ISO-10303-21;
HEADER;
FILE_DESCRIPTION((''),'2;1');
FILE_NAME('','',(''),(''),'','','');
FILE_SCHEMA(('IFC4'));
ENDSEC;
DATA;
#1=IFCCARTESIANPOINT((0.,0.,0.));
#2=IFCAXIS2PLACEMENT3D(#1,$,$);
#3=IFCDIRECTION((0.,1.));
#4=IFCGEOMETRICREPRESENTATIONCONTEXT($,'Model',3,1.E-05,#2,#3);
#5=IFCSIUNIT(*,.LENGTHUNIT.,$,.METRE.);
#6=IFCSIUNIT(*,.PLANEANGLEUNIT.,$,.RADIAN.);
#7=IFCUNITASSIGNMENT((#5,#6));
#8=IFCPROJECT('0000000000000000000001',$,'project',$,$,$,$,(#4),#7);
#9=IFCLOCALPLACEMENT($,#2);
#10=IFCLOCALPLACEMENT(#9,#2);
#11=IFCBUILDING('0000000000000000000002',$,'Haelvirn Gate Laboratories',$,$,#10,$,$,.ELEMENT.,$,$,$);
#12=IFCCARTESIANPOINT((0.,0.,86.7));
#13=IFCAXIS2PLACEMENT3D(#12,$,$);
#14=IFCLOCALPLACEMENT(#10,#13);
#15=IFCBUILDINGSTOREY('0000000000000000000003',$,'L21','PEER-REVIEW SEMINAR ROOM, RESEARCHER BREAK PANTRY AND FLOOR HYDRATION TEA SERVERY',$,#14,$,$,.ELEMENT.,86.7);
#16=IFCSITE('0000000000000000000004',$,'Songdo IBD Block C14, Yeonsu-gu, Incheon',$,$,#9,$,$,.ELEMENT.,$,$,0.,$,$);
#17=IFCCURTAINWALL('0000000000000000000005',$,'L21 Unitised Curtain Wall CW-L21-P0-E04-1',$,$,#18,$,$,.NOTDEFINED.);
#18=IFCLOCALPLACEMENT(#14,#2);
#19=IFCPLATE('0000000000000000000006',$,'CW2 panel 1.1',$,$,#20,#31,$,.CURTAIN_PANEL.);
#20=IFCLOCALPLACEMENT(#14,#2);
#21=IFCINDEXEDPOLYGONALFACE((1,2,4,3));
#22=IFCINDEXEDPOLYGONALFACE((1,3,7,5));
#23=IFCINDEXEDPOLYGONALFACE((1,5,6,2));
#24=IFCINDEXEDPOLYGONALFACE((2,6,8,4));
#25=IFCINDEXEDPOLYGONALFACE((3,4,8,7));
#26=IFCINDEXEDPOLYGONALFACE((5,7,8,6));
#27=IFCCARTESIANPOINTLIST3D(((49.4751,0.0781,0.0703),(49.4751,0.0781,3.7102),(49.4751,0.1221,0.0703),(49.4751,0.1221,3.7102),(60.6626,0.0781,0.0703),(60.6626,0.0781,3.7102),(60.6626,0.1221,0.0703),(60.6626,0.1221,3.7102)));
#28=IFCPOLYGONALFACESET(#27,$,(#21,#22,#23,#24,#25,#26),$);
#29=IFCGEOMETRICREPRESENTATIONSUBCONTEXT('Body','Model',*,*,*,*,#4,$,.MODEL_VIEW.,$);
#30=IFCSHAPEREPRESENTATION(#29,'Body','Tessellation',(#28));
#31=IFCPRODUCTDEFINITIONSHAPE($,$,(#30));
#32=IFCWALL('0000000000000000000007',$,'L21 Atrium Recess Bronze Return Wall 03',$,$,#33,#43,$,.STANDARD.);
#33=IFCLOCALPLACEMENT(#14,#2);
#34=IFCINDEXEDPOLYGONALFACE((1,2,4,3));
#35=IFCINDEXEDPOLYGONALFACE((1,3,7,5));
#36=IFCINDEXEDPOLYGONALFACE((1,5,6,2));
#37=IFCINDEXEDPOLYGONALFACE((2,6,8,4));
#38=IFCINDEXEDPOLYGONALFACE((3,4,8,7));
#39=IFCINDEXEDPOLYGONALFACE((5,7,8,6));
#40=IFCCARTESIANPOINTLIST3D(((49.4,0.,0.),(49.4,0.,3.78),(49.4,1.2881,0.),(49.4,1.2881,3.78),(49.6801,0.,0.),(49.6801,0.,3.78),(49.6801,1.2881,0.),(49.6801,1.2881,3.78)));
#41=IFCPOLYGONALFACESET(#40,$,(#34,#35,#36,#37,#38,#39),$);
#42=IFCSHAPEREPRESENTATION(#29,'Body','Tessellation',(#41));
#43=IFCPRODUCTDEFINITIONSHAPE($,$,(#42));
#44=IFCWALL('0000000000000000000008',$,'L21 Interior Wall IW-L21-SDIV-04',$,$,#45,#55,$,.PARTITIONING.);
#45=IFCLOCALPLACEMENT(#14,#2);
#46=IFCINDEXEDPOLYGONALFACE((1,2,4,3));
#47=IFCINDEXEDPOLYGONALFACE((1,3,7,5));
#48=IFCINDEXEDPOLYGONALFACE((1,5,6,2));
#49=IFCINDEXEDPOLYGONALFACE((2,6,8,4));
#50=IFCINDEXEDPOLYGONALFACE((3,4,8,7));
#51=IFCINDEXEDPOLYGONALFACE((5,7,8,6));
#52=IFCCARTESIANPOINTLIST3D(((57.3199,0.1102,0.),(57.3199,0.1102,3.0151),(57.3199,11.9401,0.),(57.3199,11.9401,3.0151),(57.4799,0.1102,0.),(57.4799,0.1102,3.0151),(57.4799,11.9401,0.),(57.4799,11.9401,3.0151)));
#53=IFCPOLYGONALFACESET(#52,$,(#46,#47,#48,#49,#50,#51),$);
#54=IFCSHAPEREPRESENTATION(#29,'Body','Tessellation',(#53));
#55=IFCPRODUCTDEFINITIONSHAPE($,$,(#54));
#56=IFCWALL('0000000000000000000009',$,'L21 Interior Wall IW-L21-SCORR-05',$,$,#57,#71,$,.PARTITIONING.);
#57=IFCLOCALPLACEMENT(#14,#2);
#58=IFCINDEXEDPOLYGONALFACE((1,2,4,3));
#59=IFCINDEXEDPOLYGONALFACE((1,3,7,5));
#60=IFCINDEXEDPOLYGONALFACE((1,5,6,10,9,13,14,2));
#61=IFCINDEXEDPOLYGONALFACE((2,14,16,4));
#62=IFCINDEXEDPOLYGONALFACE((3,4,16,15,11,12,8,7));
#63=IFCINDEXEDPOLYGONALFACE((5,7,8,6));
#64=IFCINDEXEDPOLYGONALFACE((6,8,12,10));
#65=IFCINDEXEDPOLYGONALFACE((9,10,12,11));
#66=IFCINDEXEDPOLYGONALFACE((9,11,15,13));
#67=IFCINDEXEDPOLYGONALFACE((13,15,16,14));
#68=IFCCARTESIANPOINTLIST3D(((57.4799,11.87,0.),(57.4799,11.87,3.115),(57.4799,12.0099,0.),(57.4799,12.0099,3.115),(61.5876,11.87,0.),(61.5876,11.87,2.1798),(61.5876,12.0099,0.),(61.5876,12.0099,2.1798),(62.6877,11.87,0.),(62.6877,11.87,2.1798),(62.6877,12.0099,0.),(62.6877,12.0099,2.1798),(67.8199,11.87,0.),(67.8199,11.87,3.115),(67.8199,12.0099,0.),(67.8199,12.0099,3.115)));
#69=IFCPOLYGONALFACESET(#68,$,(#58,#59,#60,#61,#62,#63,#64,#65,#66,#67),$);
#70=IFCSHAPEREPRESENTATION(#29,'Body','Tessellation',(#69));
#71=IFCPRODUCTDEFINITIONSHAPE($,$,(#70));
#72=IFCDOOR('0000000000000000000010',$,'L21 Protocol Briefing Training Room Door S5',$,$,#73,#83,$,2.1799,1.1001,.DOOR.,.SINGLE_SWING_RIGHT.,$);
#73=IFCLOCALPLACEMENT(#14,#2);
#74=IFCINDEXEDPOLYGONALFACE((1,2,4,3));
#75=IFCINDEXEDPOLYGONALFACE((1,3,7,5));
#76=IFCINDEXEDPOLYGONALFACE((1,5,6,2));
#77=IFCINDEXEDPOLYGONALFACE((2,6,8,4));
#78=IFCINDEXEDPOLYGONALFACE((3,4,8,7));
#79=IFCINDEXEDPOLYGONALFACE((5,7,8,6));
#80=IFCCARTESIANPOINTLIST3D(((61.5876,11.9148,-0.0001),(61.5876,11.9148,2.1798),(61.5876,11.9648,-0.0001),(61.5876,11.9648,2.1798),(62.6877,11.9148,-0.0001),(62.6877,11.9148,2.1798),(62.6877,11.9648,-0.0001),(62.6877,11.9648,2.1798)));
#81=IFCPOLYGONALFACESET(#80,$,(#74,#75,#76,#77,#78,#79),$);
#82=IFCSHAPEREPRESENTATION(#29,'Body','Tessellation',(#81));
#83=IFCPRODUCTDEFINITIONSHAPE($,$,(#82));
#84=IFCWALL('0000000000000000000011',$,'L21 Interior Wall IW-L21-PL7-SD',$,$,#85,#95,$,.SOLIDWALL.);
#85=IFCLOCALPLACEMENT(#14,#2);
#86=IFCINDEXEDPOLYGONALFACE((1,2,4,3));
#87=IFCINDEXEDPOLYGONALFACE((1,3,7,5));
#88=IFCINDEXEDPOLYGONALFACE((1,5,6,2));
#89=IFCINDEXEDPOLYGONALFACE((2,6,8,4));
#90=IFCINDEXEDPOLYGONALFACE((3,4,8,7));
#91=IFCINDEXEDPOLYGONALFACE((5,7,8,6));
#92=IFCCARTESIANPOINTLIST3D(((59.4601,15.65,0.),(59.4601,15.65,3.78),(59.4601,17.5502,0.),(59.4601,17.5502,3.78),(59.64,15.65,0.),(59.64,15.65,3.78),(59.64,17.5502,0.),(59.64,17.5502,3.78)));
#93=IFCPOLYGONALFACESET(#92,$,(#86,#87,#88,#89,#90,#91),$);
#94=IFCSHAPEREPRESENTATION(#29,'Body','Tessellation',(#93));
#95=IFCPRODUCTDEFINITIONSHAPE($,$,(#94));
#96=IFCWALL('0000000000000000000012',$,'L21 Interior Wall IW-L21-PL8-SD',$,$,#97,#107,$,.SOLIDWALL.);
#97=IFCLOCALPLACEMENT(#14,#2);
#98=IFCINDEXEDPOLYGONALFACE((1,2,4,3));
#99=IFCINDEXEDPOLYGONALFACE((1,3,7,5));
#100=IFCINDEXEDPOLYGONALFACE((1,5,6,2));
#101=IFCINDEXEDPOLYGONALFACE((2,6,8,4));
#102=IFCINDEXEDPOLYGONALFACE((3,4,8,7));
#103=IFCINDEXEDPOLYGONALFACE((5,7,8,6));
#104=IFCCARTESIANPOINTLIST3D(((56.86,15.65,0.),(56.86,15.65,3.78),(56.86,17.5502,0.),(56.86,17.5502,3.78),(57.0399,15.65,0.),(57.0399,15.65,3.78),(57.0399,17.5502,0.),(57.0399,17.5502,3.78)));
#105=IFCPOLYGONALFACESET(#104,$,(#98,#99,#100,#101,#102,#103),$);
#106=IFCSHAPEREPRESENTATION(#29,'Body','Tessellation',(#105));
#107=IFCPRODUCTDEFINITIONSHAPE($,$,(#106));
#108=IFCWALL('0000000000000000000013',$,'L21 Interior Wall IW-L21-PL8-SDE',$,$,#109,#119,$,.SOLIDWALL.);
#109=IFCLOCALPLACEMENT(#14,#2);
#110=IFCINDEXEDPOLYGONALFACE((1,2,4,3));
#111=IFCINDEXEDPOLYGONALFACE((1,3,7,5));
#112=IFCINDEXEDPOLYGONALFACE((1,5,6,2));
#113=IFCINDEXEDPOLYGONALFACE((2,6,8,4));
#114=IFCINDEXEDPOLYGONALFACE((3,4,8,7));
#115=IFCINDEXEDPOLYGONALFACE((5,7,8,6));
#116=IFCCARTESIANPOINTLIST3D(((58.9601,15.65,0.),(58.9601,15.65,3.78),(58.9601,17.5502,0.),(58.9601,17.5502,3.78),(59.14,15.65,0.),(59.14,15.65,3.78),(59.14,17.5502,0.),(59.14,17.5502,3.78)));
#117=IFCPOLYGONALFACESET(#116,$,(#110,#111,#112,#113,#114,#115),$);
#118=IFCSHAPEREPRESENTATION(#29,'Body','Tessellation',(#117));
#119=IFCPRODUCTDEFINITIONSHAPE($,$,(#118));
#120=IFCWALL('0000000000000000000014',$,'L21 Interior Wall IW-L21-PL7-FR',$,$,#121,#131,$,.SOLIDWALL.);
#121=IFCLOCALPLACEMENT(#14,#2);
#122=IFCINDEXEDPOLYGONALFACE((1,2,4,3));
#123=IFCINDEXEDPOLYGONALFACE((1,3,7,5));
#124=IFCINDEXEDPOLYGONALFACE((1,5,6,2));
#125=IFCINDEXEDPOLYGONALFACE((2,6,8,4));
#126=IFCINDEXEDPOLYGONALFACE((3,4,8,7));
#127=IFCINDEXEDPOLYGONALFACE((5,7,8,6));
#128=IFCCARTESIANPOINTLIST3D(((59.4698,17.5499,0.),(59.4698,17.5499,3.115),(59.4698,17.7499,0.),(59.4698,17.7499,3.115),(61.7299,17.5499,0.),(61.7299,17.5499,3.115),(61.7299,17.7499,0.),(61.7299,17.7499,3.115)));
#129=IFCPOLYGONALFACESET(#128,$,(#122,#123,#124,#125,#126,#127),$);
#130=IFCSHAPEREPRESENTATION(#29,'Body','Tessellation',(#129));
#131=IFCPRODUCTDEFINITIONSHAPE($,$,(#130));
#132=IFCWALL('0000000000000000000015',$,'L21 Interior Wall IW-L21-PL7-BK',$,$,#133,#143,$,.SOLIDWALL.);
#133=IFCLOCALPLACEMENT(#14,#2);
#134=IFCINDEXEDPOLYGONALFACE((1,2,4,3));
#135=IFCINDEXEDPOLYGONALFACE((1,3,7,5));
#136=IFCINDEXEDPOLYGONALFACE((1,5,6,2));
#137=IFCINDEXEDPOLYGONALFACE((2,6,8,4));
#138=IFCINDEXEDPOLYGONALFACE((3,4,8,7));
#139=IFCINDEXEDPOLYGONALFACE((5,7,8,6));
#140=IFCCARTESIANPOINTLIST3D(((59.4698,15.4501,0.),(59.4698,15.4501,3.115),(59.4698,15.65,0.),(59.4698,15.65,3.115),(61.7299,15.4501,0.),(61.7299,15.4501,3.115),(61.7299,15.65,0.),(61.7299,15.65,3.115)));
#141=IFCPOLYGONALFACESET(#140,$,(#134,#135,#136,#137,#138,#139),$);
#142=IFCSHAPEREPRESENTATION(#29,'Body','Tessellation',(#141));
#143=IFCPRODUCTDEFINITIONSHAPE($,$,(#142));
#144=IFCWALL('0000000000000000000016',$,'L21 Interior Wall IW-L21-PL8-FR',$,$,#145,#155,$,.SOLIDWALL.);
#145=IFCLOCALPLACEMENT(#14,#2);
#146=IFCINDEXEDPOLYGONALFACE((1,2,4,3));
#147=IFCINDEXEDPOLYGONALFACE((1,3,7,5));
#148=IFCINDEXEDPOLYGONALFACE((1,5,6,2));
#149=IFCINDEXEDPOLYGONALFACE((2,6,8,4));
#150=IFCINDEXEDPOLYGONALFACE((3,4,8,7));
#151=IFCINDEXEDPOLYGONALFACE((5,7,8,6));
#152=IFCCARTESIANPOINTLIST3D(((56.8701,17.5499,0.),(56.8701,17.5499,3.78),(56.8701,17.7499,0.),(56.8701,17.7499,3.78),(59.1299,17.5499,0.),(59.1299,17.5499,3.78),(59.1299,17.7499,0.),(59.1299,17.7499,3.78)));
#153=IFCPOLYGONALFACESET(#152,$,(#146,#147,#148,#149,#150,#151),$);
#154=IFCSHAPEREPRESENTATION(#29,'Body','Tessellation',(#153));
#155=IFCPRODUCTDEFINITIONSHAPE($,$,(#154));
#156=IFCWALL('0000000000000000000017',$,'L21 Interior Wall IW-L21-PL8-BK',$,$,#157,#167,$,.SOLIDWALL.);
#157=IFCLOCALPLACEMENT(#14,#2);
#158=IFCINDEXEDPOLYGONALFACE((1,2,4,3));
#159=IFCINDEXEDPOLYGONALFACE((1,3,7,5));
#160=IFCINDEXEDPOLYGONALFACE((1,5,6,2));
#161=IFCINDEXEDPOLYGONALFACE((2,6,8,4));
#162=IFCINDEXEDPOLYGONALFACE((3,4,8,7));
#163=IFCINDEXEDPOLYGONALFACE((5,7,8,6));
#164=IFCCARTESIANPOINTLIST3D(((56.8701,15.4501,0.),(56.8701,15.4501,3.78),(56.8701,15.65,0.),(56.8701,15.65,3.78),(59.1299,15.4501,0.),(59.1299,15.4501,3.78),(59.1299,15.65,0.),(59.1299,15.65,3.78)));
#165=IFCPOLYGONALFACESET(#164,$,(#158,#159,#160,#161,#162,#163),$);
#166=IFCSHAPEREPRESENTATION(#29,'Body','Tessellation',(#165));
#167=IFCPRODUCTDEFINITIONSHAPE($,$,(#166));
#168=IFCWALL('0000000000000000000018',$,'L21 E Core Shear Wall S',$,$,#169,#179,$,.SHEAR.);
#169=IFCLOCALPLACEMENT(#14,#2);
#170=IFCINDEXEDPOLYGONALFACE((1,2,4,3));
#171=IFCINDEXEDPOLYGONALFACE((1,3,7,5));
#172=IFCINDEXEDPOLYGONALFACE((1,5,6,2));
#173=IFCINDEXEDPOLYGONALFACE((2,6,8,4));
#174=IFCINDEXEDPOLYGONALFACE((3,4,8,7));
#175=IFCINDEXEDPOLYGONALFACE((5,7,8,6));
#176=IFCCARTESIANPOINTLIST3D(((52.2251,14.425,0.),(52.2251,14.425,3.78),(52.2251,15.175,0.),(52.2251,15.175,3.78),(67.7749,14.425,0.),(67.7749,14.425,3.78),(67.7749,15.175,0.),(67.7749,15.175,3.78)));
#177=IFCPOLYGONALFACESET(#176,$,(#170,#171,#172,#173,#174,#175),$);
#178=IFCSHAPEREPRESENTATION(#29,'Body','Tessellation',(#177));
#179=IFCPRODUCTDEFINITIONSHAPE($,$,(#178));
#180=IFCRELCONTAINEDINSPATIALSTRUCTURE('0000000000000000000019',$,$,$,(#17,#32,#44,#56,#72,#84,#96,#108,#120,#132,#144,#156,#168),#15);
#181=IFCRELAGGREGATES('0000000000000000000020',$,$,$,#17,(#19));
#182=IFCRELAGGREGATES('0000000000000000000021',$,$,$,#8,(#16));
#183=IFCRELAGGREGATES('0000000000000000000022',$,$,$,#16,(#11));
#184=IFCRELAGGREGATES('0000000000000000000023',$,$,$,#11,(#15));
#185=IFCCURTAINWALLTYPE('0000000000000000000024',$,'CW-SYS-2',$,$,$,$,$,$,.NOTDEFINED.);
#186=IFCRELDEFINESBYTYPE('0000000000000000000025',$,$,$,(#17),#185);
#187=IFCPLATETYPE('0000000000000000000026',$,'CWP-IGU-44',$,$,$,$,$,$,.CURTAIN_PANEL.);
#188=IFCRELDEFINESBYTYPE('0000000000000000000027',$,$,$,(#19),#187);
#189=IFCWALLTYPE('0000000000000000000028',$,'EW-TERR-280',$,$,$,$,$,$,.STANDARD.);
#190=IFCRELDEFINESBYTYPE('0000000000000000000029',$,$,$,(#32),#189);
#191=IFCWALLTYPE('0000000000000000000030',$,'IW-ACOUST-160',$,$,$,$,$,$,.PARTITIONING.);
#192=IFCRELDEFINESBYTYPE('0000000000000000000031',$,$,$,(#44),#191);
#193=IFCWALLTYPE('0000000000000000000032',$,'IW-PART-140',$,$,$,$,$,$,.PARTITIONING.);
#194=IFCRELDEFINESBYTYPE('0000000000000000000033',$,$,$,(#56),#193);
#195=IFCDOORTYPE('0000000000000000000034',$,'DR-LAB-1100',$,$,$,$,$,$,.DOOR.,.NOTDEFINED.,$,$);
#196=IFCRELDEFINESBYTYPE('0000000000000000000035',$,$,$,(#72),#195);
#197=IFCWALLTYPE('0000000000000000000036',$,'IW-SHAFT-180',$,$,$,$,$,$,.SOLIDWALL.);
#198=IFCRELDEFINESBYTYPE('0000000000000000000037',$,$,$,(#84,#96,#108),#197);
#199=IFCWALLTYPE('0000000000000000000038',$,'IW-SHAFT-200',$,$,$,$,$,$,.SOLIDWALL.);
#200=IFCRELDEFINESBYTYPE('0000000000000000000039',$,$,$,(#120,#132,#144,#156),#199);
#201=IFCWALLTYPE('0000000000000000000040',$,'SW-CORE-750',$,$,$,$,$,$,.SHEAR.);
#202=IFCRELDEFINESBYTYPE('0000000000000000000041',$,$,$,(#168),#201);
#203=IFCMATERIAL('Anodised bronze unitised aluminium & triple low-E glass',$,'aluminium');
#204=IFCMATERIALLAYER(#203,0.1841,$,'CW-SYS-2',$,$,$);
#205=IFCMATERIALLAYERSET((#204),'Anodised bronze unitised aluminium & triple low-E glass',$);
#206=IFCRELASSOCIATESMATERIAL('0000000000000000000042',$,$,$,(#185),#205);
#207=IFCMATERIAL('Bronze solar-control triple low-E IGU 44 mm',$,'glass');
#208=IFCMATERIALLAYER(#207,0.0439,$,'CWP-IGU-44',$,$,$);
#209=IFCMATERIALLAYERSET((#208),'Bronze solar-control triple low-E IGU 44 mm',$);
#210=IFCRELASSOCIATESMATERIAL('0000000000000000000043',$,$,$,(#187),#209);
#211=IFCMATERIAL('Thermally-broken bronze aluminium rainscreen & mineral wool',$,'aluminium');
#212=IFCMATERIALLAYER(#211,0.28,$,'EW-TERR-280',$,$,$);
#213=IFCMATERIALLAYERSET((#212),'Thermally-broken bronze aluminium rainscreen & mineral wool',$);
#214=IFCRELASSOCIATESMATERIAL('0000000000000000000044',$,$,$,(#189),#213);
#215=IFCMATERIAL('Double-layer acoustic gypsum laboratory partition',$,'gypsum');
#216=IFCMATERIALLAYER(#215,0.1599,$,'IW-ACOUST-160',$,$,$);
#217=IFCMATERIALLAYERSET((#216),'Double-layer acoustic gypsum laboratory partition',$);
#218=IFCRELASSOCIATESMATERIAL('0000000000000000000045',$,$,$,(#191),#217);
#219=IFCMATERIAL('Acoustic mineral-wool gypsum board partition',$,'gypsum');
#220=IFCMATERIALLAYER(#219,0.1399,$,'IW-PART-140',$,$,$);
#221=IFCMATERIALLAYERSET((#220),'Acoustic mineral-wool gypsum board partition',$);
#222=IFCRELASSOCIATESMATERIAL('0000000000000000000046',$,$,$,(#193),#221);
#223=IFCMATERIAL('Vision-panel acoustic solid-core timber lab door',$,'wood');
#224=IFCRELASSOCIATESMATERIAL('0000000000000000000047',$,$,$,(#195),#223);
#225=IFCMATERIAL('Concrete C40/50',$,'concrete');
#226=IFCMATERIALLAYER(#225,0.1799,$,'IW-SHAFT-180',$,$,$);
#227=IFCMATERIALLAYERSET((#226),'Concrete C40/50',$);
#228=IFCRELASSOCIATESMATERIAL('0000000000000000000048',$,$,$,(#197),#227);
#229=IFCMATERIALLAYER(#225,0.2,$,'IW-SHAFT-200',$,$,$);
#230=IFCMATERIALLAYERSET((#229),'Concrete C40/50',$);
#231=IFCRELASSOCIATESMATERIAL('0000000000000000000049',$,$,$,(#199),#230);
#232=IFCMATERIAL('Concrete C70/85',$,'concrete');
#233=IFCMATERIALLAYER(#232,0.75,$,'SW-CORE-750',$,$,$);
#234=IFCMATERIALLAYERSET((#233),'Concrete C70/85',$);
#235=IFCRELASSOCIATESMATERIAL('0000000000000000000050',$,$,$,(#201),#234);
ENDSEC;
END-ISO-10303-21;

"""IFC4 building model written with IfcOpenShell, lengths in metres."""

from ifc_helpers import new_model, si_unit, direction, frame, frame_2d, origin, origin_2d, place, context, subcontext, project, spatial, rectangle, extrude, source, transform, mapped, material, layer, layer_set, type_object, type_shapes, element, fill, aggregate, save


model = new_model("IFC4")

# Units and contexts
model_context = context("Model", 3, precision=1e-05, world=origin(), true_north=direction((0.0, 1.0)))
body_context = subcontext(model_context, "Body", "Model", "MODEL_VIEW")
ifc_project = project(units=[si_unit("LENGTHUNIT", "METRE"), si_unit("PLANEANGLEUNIT", "RADIAN")], contexts=[model_context])

# Site, building, storey
site_placement = place(None, origin())
site = spatial("IfcSite", under=ifc_project, at=site_placement, Name="Songdo IBD Block C14, Yeonsu-gu, Incheon", CompositionType="ELEMENT", RefElevation=0.0)
building_placement = place(site_placement, origin())
building = spatial("IfcBuilding", under=site, at=building_placement, Name="Haelvirn Gate Laboratories", CompositionType="ELEMENT")
storey_placement = place(building_placement, frame((0.0, 0.0, 86.7)))
storey = spatial("IfcBuildingStorey", under=building, at=storey_placement, Name="L21", Description="PEER-REVIEW SEMINAR ROOM, RESEARCHER BREAK PANTRY AND FLOOR HYDRATION TEA SERVERY", CompositionType="ELEMENT", Elevation=86.7)

# Shared definitions
ifc_material_1 = material(Name="Concrete C70/85", Category="concrete")

# Shared definitions
ifc_material_2 = material(Name="Anodised bronze unitised aluminium & triple low-E glass", Category="aluminium")
ifc_layer_1 = layer(ifc_material_2, 0.1841, Name="CW-SYS-2")
ifc_layer_set_1 = layer_set([ifc_layer_1], Name="Anodised bronze unitised aluminium & triple low-E glass")
curtain_wall_type = type_object("IfcCurtainWallType", Name="CW-SYS-2", PredefinedType="NOTDEFINED", material=ifc_layer_set_1)

# Curtain wall, plate
curtain_wall_1_placement = place(storey_placement, origin())
curtain_wall_1 = element("IfcCurtainWall", 1, at=curtain_wall_1_placement, inside=storey, type_object=curtain_wall_type, Name="L21 Unitised Curtain Wall CW-L21-P0-E04-1", PredefinedType="NOTDEFINED")
ifc_material_3 = material(Name="Bronze solar-control triple low-E IGU 44 mm", Category="glass")
ifc_layer_2 = layer(ifc_material_3, 0.0439, Name="CWP-IGU-44")
ifc_layer_set_2 = layer_set([ifc_layer_2], Name="Bronze solar-control triple low-E IGU 44 mm")
plate_type = type_object("IfcPlateType", Name="CWP-IGU-44", PredefinedType="CURTAIN_PANEL", material=ifc_layer_set_2)
shared_shape_1 = source(origin(), body_context, "Body", "SweptSolid", [
    extrude(rectangle(XDim=11.1875, YDim=0.0439, at=origin_2d()), origin(), (0.0, 0.0, 1.0), 3.6399),
])
type_shapes(plate_type, [shared_shape_1])
plate_placement = place(storey_placement, frame((55.0688, 0.1001, 0.0703), z_axis=(0.0, 0.0, 1.0), x_axis=(1.0, 0.0, 0.0)))
plate = element("IfcPlate", 2, at=plate_placement, type_object=plate_type, Name="CW2 panel 1.1", PredefinedType="CURTAIN_PANEL", context=body_context, shape_type="MappedRepresentation", body=[
    mapped(shared_shape_1, transform((0.0, 0.0, 0.0), scale=1.0)),
])
aggregate(curtain_wall_1, [plate])

# Walls
ifc_material_4 = material(Name="Thermally-broken bronze aluminium rainscreen & mineral wool", Category="aluminium")
ifc_layer_3 = layer(ifc_material_4, 0.28, Name="EW-TERR-280")
ifc_layer_set_3 = layer_set([ifc_layer_3], Name="Thermally-broken bronze aluminium rainscreen & mineral wool")
wall_type_1 = type_object("IfcWallType", Name="EW-TERR-280", PredefinedType="STANDARD", material=ifc_layer_set_3)
wall_1_placement = place(storey_placement, frame((49.54, 1.2881, 0.0), z_axis=(0.0, 0.0, 1.0), x_axis=(0.0, -1.0, 0.0)))
element("IfcWall", 3, at=wall_1_placement, inside=storey, type_object=wall_type_1, Name="L21 Atrium Recess Bronze Return Wall 03", PredefinedType="STANDARD", context=body_context, shape_type="SweptSolid", body=[
    extrude(rectangle(XDim=1.2881, YDim=0.28, at=frame_2d((0.644, 0.0))), origin(), (0.0, 0.0, 1.0), 3.78),
])
ifc_material_5 = material(Name="Double-layer acoustic gypsum laboratory partition", Category="gypsum")
ifc_layer_4 = layer(ifc_material_5, 0.1599, Name="IW-ACOUST-160")
ifc_layer_set_4 = layer_set([ifc_layer_4], Name="Double-layer acoustic gypsum laboratory partition")
wall_type_2 = type_object("IfcWallType", Name="IW-ACOUST-160", PredefinedType="PARTITIONING", material=ifc_layer_set_4)
wall_2_placement = place(storey_placement, frame((57.3999, 0.1101, 0.0), z_axis=(0.0, 0.0, 1.0), x_axis=(0.0, 1.0, 0.0)))
element("IfcWall", 4, at=wall_2_placement, inside=storey, type_object=wall_type_2, Name="L21 Interior Wall IW-L21-SDIV-04", PredefinedType="PARTITIONING", context=body_context, shape_type="SweptSolid", body=[
    extrude(rectangle(XDim=11.8298, YDim=0.1599, at=frame_2d((5.915, 0.0))), origin(), (0.0, 0.0, 1.0), 3.0151),
])

# Wall, opening, door
ifc_material_6 = material(Name="Acoustic mineral-wool gypsum board partition", Category="gypsum")
ifc_layer_5 = layer(ifc_material_6, 0.1399, Name="IW-PART-140")
ifc_layer_set_5 = layer_set([ifc_layer_5], Name="Acoustic mineral-wool gypsum board partition")
wall_type_3 = type_object("IfcWallType", Name="IW-PART-140", PredefinedType="PARTITIONING", material=ifc_layer_set_5)
wall_3_placement = place(storey_placement, frame((57.48, 11.9399, 0.0), z_axis=(0.0, 0.0, 1.0), x_axis=(1.0, 0.0, 0.0)))
wall_3 = element("IfcWall", 5, at=wall_3_placement, inside=storey, type_object=wall_type_3, Name="L21 Interior Wall IW-L21-SCORR-05", PredefinedType="PARTITIONING", context=body_context, shape_type="SweptSolid", body=[
    extrude(rectangle(XDim=10.3401, YDim=0.1399, at=frame_2d((5.1699, 0.0))), origin(), (0.0, 0.0, 1.0), 3.115),
])
opening_1_placement = place(wall_3_placement, frame((4.1077, 0.0, 0.0)))
opening_1 = element("IfcOpeningElement", 6, at=opening_1_placement, cuts=wall_3, PredefinedType="OPENING", context=body_context, shape_type="SweptSolid", body=[
    extrude(rectangle(XDim=1.1001, YDim=2.1799, at=frame_2d((0.55, 1.0898))), frame((0.0, 0.0801, 0.0), z_axis=(0.0, -1.0, 0.0), x_axis=(1.0, 0.0, 0.0)), (0.0, 0.0, 1.0), 0.1599),
])
ifc_material_7 = material(Name="Vision-panel acoustic solid-core timber lab door", Category="wood")
door_type_1 = type_object("IfcDoorType", Name="DR-LAB-1100", OperationType="NOTDEFINED", PredefinedType="DOOR", material=ifc_material_7)
shared_shape_2 = source(origin(), body_context, "Body", "SweptSolid", [
    extrude(rectangle(XDim=1.1001, YDim=2.1799, at=frame_2d((0.55, 1.0898))), frame((0.0, 0.0249, 0.0), z_axis=(0.0, -1.0, 0.0), x_axis=(1.0, 0.0, 0.0)), (0.0, 0.0, 1.0), 0.05),
])
type_shapes(door_type_1, [shared_shape_2])
door_1_placement = place(opening_1_placement, origin())
door_1 = element("IfcDoor", 7, at=door_1_placement, inside=storey, type_object=door_type_1, Name="L21 Protocol Briefing Training Room Door S5", OperationType="SINGLE_SWING_RIGHT", OverallHeight=2.1799, OverallWidth=1.1001, PredefinedType="DOOR", context=body_context, shape_type="MappedRepresentation", body=[
    mapped(shared_shape_2, transform((0.0, 0.0, 0.0), scale=1.0)),
])
fill(opening_1, door_1)

# Walls
ifc_material_8 = material(Name="Concrete C40/50", Category="concrete")
ifc_layer_6 = layer(ifc_material_8, 0.1799, Name="IW-SHAFT-180")
ifc_layer_set_6 = layer_set([ifc_layer_6], Name="Concrete C40/50")
wall_type_4 = type_object("IfcWallType", Name="IW-SHAFT-180", PredefinedType="SOLIDWALL", material=ifc_layer_set_6)
for number, where, z_axis, x_axis, name in (
    (8, (59.55, 15.6499, 0.0), (0.0, 0.0, 1.0), (0.0, 1.0, 0.0), "L21 Interior Wall IW-L21-PL7-SD"),
    (9, (56.95, 15.6499, 0.0), (0.0, 0.0, 1.0), (0.0, 1.0, 0.0), "L21 Interior Wall IW-L21-PL8-SD"),
    (10, (59.05, 15.6499, 0.0), (0.0, 0.0, 1.0), (0.0, 1.0, 0.0), "L21 Interior Wall IW-L21-PL8-SDE"),
):
    element("IfcWall", number, at=place(storey_placement, frame(where, z_axis=z_axis, x_axis=x_axis)), inside=storey, type_object=wall_type_4, Name=name, PredefinedType="SOLIDWALL", context=body_context, shape_type="SweptSolid", body=[
        extrude(rectangle(XDim=1.9001, YDim=0.1799, at=frame_2d((0.9502, 0.0))), origin(), (0.0, 0.0, 1.0), 3.78),
    ])
ifc_layer_7 = layer(ifc_material_8, 0.2, Name="IW-SHAFT-200")
ifc_layer_set_7 = layer_set([ifc_layer_7], Name="Concrete C40/50")
wall_type_5 = type_object("IfcWallType", Name="IW-SHAFT-200", PredefinedType="SOLIDWALL", material=ifc_layer_set_7)
for number, where, z_axis, x_axis, name in (
    (11, (59.47, 17.6499, 0.0), (0.0, 0.0, 1.0), (1.0, 0.0, 0.0), "L21 Interior Wall IW-L21-PL7-FR"),
    (12, (59.47, 15.55, 0.0), (0.0, 0.0, 1.0), (1.0, 0.0, 0.0), "L21 Interior Wall IW-L21-PL7-BK"),
):
    element("IfcWall", number, at=place(storey_placement, frame(where, z_axis=z_axis, x_axis=x_axis)), inside=storey, type_object=wall_type_5, Name=name, PredefinedType="SOLIDWALL", context=body_context, shape_type="SweptSolid", body=[
        extrude(rectangle(XDim=2.26, YDim=0.2, at=frame_2d((1.1299, 0.0))), origin(), (0.0, 0.0, 1.0), 3.115),
    ])
for number, where, z_axis, x_axis, name in (
    (13, (56.8701, 17.6499, 0.0), (0.0, 0.0, 1.0), (1.0, 0.0, 0.0), "L21 Interior Wall IW-L21-PL8-FR"),
    (14, (56.8701, 15.55, 0.0), (0.0, 0.0, 1.0), (1.0, 0.0, 0.0), "L21 Interior Wall IW-L21-PL8-BK"),
):
    element("IfcWall", number, at=place(storey_placement, frame(where, z_axis=z_axis, x_axis=x_axis)), inside=storey, type_object=wall_type_5, Name=name, PredefinedType="SOLIDWALL", context=body_context, shape_type="SweptSolid", body=[
        extrude(rectangle(XDim=2.2598, YDim=0.2, at=frame_2d((1.1299, 0.0))), origin(), (0.0, 0.0, 1.0), 3.78),
    ])
ifc_layer_8 = layer(ifc_material_1, 0.75, Name="SW-CORE-750")
ifc_layer_set_8 = layer_set([ifc_layer_8], Name="Concrete C70/85")
wall_type_6 = type_object("IfcWallType", Name="SW-CORE-750", PredefinedType="SHEAR", material=ifc_layer_set_8)
wall_4_placement = place(storey_placement, frame((52.2251, 14.8, 0.0), z_axis=(0.0, 0.0, 1.0), x_axis=(1.0, 0.0, 0.0)))
element("IfcWall", 15, at=wall_4_placement, inside=storey, type_object=wall_type_6, Name="L21 E Core Shear Wall S", PredefinedType="SHEAR", context=body_context, shape_type="SweptSolid", body=[
    extrude(rectangle(XDim=15.5498, YDim=0.75, at=frame_2d((7.7749, 0.0))), origin(), (0.0, 0.0, 1.0), 3.78),
])

save(model, "model.ifc")
